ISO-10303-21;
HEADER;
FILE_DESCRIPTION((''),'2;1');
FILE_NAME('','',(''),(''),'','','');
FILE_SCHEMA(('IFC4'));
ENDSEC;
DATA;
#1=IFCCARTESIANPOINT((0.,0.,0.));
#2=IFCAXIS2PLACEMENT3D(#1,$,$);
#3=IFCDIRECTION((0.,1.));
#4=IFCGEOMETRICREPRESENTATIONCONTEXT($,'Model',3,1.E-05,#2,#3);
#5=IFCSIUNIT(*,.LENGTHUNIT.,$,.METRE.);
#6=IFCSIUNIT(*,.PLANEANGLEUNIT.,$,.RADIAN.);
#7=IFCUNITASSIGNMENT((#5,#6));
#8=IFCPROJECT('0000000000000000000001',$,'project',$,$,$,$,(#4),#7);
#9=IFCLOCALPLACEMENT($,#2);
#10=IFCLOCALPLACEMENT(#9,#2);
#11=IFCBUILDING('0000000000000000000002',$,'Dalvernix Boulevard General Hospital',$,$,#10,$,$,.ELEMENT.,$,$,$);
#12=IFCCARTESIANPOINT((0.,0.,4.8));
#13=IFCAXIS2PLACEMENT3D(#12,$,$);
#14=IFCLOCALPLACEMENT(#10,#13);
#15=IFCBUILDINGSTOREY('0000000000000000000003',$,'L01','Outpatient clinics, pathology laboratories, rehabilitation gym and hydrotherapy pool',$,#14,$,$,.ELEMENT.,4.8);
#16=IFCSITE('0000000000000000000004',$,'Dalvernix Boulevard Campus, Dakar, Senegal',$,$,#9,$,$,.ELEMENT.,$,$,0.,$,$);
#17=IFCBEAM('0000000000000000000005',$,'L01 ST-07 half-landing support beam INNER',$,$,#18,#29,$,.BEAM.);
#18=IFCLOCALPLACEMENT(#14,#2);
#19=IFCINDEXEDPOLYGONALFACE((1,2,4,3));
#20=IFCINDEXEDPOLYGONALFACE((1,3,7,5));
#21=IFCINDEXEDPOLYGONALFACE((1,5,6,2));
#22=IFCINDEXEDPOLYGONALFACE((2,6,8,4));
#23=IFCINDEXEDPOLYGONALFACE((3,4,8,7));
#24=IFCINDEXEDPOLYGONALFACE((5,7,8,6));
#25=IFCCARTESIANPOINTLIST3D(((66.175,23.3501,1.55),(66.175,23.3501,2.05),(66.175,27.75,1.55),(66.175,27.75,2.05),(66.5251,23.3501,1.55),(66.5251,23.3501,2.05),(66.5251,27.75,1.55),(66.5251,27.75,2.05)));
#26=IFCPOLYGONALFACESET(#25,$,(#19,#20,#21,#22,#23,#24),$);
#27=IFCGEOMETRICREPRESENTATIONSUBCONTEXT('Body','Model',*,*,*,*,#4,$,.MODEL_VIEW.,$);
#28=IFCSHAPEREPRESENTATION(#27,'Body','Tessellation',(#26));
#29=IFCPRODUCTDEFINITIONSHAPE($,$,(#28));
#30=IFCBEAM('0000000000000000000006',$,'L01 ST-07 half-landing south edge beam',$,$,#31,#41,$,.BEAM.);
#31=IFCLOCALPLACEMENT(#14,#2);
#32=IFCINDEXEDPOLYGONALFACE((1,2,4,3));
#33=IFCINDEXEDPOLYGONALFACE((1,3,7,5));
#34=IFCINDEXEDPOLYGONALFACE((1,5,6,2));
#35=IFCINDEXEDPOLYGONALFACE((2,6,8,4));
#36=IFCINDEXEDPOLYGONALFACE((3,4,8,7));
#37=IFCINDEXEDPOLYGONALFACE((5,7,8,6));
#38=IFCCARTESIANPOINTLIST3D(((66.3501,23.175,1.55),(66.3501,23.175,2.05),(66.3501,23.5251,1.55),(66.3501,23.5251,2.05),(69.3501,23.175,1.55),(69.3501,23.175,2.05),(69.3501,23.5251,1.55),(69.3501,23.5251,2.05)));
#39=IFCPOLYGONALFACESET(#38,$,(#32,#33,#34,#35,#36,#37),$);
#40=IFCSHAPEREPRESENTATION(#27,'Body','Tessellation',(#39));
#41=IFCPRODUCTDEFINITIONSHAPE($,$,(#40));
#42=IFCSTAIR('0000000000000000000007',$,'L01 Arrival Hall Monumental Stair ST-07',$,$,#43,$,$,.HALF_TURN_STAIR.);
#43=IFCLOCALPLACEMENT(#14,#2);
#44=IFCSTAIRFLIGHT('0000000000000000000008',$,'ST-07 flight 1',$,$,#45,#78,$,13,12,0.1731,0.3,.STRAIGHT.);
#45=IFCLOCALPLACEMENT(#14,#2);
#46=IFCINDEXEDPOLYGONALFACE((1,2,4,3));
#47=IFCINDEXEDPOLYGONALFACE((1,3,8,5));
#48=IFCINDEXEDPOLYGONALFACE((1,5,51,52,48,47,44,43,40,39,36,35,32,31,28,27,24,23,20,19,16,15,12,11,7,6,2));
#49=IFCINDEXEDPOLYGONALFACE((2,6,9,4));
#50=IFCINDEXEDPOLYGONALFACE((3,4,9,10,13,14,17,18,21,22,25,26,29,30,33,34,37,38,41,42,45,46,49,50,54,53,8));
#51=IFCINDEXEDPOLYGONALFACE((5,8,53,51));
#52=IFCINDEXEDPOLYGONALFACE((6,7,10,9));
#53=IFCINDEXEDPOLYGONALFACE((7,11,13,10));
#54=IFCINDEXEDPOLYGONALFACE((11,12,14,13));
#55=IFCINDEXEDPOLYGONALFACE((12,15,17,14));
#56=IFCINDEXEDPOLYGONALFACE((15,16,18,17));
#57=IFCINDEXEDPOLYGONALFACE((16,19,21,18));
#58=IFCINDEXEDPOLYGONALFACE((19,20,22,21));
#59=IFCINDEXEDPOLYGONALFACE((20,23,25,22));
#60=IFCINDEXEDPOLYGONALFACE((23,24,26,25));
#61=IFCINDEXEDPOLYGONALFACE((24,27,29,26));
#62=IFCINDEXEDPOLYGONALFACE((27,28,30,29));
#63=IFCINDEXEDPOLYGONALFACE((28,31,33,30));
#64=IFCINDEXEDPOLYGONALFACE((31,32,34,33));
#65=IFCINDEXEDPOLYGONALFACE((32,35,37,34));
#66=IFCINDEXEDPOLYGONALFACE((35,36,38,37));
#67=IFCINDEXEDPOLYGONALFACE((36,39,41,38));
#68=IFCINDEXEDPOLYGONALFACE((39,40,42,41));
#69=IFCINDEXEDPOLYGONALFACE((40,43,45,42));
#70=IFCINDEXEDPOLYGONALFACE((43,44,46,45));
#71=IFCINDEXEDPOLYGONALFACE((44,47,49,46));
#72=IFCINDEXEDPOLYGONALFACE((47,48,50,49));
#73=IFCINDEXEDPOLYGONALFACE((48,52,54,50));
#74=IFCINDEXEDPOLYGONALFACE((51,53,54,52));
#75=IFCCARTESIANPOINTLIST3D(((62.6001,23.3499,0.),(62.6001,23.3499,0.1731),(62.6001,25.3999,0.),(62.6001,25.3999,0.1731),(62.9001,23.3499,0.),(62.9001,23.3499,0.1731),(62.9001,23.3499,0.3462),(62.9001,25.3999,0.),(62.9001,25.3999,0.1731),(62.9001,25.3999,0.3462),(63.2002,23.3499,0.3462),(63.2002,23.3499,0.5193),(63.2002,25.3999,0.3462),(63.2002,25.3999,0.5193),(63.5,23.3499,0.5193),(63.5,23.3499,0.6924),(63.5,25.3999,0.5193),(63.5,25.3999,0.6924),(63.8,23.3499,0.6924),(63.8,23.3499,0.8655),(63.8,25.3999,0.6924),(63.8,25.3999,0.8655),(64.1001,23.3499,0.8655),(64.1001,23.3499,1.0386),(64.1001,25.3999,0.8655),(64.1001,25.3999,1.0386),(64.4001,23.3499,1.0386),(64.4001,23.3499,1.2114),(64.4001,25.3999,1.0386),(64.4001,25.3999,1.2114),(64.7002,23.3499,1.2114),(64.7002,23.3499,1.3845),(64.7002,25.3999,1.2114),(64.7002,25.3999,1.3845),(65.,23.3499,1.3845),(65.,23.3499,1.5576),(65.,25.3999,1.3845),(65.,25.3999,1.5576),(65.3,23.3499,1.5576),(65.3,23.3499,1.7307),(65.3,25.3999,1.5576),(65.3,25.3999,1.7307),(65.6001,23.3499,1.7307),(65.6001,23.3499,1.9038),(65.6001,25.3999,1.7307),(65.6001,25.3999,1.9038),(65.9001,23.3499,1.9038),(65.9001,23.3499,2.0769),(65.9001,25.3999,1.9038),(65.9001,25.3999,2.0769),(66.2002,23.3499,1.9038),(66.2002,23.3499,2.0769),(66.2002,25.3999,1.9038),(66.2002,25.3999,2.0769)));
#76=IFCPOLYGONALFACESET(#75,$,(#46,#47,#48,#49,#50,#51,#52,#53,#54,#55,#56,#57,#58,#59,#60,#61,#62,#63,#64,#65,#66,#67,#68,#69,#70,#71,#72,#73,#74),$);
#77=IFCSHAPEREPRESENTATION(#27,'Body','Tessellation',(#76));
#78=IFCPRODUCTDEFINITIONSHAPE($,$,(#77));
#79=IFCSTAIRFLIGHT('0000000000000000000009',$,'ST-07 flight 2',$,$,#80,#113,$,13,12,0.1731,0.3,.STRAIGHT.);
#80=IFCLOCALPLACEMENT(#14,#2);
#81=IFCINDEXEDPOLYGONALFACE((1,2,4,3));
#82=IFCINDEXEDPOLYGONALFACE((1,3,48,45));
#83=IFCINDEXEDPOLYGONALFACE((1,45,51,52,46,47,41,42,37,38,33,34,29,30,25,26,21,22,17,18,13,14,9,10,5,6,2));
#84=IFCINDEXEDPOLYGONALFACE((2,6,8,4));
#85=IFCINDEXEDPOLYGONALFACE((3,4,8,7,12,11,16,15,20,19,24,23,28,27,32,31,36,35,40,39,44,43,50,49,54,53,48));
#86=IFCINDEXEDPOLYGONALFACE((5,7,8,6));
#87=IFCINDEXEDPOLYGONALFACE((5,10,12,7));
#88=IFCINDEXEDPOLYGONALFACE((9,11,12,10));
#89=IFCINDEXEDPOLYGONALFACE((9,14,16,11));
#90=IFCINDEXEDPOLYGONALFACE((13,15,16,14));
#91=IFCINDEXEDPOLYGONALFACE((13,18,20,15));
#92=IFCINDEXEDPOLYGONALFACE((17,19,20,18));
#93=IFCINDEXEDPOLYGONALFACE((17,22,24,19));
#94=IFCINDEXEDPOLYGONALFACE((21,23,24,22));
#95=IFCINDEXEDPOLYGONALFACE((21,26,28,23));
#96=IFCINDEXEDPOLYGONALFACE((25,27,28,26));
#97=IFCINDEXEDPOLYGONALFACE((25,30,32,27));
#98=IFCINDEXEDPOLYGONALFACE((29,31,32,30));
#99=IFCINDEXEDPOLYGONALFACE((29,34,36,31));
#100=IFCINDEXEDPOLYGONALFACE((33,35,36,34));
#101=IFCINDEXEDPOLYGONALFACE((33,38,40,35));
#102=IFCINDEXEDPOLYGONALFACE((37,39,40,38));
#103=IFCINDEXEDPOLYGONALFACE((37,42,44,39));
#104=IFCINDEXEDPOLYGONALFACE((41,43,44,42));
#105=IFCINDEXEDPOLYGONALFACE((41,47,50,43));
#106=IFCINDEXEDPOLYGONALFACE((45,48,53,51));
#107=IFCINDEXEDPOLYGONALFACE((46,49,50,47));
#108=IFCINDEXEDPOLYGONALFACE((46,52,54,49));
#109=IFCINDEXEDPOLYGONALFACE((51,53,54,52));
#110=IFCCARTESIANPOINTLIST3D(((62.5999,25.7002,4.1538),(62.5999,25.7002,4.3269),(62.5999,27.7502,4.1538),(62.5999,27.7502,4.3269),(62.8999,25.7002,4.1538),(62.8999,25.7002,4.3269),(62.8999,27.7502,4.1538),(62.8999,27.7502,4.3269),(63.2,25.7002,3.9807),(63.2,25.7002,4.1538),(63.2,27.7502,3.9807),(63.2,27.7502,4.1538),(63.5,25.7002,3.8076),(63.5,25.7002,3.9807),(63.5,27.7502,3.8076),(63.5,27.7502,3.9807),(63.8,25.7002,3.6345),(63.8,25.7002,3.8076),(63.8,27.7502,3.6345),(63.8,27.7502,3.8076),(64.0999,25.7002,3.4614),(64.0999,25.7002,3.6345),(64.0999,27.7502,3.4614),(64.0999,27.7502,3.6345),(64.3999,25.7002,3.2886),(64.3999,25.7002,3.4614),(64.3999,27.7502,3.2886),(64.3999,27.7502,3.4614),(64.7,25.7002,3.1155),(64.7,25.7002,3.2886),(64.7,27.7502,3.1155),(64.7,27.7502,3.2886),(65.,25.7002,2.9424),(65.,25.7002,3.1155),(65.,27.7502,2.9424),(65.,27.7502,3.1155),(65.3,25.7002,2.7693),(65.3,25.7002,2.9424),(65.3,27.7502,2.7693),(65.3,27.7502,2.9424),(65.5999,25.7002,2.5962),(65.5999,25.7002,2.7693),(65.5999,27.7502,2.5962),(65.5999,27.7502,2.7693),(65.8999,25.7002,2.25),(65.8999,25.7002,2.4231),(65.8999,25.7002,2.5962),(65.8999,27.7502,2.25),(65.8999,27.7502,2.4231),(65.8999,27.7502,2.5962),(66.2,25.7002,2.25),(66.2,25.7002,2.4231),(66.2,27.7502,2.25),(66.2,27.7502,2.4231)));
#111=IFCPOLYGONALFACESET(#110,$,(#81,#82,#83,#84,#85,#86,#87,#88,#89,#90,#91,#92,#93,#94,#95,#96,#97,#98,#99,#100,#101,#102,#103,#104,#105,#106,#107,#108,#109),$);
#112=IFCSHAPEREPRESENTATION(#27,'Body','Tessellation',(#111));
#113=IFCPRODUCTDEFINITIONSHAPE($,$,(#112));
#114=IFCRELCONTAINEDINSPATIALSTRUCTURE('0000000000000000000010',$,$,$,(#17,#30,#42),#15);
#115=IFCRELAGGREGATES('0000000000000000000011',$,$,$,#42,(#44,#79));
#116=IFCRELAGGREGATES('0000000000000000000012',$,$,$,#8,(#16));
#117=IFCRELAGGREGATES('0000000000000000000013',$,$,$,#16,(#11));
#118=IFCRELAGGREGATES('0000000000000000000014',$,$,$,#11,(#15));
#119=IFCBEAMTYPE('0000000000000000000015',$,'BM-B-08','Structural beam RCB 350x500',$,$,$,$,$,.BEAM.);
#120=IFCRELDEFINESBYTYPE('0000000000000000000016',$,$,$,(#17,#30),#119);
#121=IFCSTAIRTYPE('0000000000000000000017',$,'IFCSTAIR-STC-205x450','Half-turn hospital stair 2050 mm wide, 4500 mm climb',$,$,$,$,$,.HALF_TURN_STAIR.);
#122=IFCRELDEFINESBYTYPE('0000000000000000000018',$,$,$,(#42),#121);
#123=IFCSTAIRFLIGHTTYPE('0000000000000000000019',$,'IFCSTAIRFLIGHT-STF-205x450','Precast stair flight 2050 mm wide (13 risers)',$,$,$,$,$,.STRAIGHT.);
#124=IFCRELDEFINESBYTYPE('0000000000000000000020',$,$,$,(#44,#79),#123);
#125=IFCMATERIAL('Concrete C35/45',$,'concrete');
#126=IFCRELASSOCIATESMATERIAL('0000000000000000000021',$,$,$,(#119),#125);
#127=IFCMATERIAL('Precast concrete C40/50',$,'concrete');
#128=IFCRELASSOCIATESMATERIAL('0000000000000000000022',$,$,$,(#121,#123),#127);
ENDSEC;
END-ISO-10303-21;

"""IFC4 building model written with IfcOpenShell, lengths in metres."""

from ifc_helpers import new_model, si_unit, direction, frame, origin, origin_2d, place, context, subcontext, project, spatial, polyline, rectangle, outline, extrude, material, material_profile, profile_set, type_object, element, aggregate, save


model = new_model("IFC4")

# Units and contexts
model_context = context("Model", 3, precision=1e-05, world=origin(), true_north=direction((0.0, 1.0)))
body_context = subcontext(model_context, "Body", "Model", "MODEL_VIEW")
ifc_project = project(units=[si_unit("LENGTHUNIT", "METRE"), si_unit("PLANEANGLEUNIT", "RADIAN")], contexts=[model_context])

# Site, building, storey
site_placement = place(None, origin())
site = spatial("IfcSite", under=ifc_project, at=site_placement, Name="Dalvernix Boulevard Campus, Dakar, Senegal", CompositionType="ELEMENT", RefElevation=0.0)
building_placement = place(site_placement, origin())
building = spatial("IfcBuilding", under=site, at=building_placement, Name="Dalvernix Boulevard General Hospital", CompositionType="ELEMENT")
storey_placement = place(building_placement, frame((0.0, 0.0, 4.8)))
storey = spatial("IfcBuildingStorey", under=building, at=storey_placement, Name="L01", Description="Outpatient clinics, pathology laboratories, rehabilitation gym and hydrotherapy pool", CompositionType="ELEMENT", Elevation=4.8)

# Beams
ifc_material_1 = material(Name="Concrete C35/45", Category="concrete")
ifc_material_profile_1 = material_profile(ifc_material_1, rectangle(XDim=0.3501, YDim=0.5, at=origin_2d()), Name="RCB 350x500")
ifc_profile_set_1 = profile_set([ifc_material_profile_1], Name="Concrete C35/45")
beam_type = type_object("IfcBeamType", Name="BM-B-08", Description="Structural beam RCB 350x500", PredefinedType="BEAM", material=ifc_profile_set_1)
for number, where, z_axis, x_axis, name in (
    (1, (66.3501, 23.3501, 1.8), (0.0, 1.0, 0.0), (-1.0, 0.0, 0.0), "L01 ST-07 half-landing support beam INNER"),
):
    element("IfcBeam", number, at=place(storey_placement, frame(where, z_axis=z_axis, x_axis=x_axis)), inside=storey, type_object=beam_type, Name=name, PredefinedType="BEAM", context=body_context, shape_type="SweptSolid", body=[
        extrude(rectangle(XDim=0.3501, YDim=0.5, at=origin_2d()), origin(), (0.0, 0.0, 1.0), 4.3999),
    ])
beam_placement = place(storey_placement, frame((66.3501, 23.3501, 1.8), z_axis=(1.0, 0.0, 0.0), x_axis=(0.0, 1.0, 0.0)))
element("IfcBeam", 2, at=beam_placement, inside=storey, type_object=beam_type, Name="L01 ST-07 half-landing south edge beam", PredefinedType="BEAM", context=body_context, shape_type="SweptSolid", body=[
    extrude(rectangle(XDim=0.3501, YDim=0.5, at=origin_2d()), origin(), (0.0, 0.0, 1.0), 3.0),
])

# Stair, stair flights
ifc_material_2 = material(Name="Precast concrete C40/50", Category="concrete")
stair_type = type_object("IfcStairType", Name="IFCSTAIR-STC-205x450", Description="Half-turn hospital stair 2050 mm wide, 4500 mm climb", PredefinedType="HALF_TURN_STAIR", material=ifc_material_2)
stair_placement = place(storey_placement, origin())
stair = element("IfcStair", 3, at=stair_placement, inside=storey, type_object=stair_type, Name="L01 Arrival Hall Monumental Stair ST-07", PredefinedType="HALF_TURN_STAIR")
stair_flight_type = type_object("IfcStairFlightType", Name="IFCSTAIRFLIGHT-STF-205x450", Description="Precast stair flight 2050 mm wide (13 risers)", PredefinedType="STRAIGHT", material=ifc_material_2)
stair_flight_1_placement = place(storey_placement, frame((62.6001, 24.375, 0.0), z_axis=(0.0, 0.0, 1.0), x_axis=(1.0, 0.0, 0.0)))
stair_flight_1 = element("IfcStairFlight", 4, at=stair_flight_1_placement, type_object=stair_flight_type, Name="ST-07 flight 1", NumberOfRisers=13, NumberOfTreads=12, PredefinedType="STRAIGHT", RiserHeight=0.1731, TreadLength=0.3, context=body_context, shape_type="SweptSolid", body=[
    extrude(outline(polyline([(0.0, 0.0), (0.0, 0.1731), (0.3, 0.1731), (0.3, 0.3462), (0.6001, 0.3462), (0.6001, 0.5193), (0.8999, 0.5193), (0.8999, 0.6924), (1.2, 0.6924), (1.2, 0.8655), (1.5, 0.8655), (1.5, 1.0386), (1.8, 1.0386), (1.8, 1.2114), (2.1001, 1.2114), (2.1001, 1.3845), (2.3999, 1.3845), (2.3999, 1.5576), (2.7, 1.5576), (2.7, 1.7307), (3.0, 1.7307), (3.0, 1.9038), (3.3, 1.9038), (3.3, 2.0769), (3.6001, 2.0769), (3.6001, 2.25), (3.6001, 1.9038), (0.3, 0.0), (0.0, 0.0)])), frame((0.0, 1.0249, 0.0), z_axis=(0.0, -1.0, 0.0), x_axis=(1.0, 0.0, 0.0)), (0.0, 0.0, 1.0), 2.05),
])
stair_flight_2_placement = place(storey_placement, frame((66.2, 26.7251, 2.25), z_axis=(0.0, 0.0, 1.0), x_axis=(-1.0, 0.0, 0.0)))
stair_flight_2 = element("IfcStairFlight", 5, at=stair_flight_2_placement, type_object=stair_flight_type, Name="ST-07 flight 2", NumberOfRisers=13, NumberOfTreads=12, PredefinedType="STRAIGHT", RiserHeight=0.1731, TreadLength=0.3, context=body_context, shape_type="SweptSolid", body=[
    extrude(outline(polyline([(0.0, 0.0), (0.0, 0.1731), (0.3, 0.1731), (0.3, 0.3462), (0.6001, 0.3462), (0.6001, 0.5193), (0.8999, 0.5193), (0.8999, 0.6924), (1.2, 0.6924), (1.2, 0.8655), (1.5, 0.8655), (1.5, 1.0386), (1.8, 1.0386), (1.8, 1.2114), (2.1001, 1.2114), (2.1001, 1.3845), (2.3999, 1.3845), (2.3999, 1.5576), (2.7, 1.5576), (2.7, 1.7307), (3.0, 1.7307), (3.0, 1.9038), (3.3, 1.9038), (3.3, 2.0769), (3.6001, 2.0769), (3.6001, 2.25), (3.6001, 1.9038), (0.3, 0.0), (0.0, 0.0)])), frame((0.0, 1.0249, 0.0), z_axis=(0.0, -1.0, 0.0), x_axis=(1.0, 0.0, 0.0)), (0.0, 0.0, 1.0), 2.05),
])
aggregate(stair, [stair_flight_1, stair_flight_2])

save(model, "model.ifc")
